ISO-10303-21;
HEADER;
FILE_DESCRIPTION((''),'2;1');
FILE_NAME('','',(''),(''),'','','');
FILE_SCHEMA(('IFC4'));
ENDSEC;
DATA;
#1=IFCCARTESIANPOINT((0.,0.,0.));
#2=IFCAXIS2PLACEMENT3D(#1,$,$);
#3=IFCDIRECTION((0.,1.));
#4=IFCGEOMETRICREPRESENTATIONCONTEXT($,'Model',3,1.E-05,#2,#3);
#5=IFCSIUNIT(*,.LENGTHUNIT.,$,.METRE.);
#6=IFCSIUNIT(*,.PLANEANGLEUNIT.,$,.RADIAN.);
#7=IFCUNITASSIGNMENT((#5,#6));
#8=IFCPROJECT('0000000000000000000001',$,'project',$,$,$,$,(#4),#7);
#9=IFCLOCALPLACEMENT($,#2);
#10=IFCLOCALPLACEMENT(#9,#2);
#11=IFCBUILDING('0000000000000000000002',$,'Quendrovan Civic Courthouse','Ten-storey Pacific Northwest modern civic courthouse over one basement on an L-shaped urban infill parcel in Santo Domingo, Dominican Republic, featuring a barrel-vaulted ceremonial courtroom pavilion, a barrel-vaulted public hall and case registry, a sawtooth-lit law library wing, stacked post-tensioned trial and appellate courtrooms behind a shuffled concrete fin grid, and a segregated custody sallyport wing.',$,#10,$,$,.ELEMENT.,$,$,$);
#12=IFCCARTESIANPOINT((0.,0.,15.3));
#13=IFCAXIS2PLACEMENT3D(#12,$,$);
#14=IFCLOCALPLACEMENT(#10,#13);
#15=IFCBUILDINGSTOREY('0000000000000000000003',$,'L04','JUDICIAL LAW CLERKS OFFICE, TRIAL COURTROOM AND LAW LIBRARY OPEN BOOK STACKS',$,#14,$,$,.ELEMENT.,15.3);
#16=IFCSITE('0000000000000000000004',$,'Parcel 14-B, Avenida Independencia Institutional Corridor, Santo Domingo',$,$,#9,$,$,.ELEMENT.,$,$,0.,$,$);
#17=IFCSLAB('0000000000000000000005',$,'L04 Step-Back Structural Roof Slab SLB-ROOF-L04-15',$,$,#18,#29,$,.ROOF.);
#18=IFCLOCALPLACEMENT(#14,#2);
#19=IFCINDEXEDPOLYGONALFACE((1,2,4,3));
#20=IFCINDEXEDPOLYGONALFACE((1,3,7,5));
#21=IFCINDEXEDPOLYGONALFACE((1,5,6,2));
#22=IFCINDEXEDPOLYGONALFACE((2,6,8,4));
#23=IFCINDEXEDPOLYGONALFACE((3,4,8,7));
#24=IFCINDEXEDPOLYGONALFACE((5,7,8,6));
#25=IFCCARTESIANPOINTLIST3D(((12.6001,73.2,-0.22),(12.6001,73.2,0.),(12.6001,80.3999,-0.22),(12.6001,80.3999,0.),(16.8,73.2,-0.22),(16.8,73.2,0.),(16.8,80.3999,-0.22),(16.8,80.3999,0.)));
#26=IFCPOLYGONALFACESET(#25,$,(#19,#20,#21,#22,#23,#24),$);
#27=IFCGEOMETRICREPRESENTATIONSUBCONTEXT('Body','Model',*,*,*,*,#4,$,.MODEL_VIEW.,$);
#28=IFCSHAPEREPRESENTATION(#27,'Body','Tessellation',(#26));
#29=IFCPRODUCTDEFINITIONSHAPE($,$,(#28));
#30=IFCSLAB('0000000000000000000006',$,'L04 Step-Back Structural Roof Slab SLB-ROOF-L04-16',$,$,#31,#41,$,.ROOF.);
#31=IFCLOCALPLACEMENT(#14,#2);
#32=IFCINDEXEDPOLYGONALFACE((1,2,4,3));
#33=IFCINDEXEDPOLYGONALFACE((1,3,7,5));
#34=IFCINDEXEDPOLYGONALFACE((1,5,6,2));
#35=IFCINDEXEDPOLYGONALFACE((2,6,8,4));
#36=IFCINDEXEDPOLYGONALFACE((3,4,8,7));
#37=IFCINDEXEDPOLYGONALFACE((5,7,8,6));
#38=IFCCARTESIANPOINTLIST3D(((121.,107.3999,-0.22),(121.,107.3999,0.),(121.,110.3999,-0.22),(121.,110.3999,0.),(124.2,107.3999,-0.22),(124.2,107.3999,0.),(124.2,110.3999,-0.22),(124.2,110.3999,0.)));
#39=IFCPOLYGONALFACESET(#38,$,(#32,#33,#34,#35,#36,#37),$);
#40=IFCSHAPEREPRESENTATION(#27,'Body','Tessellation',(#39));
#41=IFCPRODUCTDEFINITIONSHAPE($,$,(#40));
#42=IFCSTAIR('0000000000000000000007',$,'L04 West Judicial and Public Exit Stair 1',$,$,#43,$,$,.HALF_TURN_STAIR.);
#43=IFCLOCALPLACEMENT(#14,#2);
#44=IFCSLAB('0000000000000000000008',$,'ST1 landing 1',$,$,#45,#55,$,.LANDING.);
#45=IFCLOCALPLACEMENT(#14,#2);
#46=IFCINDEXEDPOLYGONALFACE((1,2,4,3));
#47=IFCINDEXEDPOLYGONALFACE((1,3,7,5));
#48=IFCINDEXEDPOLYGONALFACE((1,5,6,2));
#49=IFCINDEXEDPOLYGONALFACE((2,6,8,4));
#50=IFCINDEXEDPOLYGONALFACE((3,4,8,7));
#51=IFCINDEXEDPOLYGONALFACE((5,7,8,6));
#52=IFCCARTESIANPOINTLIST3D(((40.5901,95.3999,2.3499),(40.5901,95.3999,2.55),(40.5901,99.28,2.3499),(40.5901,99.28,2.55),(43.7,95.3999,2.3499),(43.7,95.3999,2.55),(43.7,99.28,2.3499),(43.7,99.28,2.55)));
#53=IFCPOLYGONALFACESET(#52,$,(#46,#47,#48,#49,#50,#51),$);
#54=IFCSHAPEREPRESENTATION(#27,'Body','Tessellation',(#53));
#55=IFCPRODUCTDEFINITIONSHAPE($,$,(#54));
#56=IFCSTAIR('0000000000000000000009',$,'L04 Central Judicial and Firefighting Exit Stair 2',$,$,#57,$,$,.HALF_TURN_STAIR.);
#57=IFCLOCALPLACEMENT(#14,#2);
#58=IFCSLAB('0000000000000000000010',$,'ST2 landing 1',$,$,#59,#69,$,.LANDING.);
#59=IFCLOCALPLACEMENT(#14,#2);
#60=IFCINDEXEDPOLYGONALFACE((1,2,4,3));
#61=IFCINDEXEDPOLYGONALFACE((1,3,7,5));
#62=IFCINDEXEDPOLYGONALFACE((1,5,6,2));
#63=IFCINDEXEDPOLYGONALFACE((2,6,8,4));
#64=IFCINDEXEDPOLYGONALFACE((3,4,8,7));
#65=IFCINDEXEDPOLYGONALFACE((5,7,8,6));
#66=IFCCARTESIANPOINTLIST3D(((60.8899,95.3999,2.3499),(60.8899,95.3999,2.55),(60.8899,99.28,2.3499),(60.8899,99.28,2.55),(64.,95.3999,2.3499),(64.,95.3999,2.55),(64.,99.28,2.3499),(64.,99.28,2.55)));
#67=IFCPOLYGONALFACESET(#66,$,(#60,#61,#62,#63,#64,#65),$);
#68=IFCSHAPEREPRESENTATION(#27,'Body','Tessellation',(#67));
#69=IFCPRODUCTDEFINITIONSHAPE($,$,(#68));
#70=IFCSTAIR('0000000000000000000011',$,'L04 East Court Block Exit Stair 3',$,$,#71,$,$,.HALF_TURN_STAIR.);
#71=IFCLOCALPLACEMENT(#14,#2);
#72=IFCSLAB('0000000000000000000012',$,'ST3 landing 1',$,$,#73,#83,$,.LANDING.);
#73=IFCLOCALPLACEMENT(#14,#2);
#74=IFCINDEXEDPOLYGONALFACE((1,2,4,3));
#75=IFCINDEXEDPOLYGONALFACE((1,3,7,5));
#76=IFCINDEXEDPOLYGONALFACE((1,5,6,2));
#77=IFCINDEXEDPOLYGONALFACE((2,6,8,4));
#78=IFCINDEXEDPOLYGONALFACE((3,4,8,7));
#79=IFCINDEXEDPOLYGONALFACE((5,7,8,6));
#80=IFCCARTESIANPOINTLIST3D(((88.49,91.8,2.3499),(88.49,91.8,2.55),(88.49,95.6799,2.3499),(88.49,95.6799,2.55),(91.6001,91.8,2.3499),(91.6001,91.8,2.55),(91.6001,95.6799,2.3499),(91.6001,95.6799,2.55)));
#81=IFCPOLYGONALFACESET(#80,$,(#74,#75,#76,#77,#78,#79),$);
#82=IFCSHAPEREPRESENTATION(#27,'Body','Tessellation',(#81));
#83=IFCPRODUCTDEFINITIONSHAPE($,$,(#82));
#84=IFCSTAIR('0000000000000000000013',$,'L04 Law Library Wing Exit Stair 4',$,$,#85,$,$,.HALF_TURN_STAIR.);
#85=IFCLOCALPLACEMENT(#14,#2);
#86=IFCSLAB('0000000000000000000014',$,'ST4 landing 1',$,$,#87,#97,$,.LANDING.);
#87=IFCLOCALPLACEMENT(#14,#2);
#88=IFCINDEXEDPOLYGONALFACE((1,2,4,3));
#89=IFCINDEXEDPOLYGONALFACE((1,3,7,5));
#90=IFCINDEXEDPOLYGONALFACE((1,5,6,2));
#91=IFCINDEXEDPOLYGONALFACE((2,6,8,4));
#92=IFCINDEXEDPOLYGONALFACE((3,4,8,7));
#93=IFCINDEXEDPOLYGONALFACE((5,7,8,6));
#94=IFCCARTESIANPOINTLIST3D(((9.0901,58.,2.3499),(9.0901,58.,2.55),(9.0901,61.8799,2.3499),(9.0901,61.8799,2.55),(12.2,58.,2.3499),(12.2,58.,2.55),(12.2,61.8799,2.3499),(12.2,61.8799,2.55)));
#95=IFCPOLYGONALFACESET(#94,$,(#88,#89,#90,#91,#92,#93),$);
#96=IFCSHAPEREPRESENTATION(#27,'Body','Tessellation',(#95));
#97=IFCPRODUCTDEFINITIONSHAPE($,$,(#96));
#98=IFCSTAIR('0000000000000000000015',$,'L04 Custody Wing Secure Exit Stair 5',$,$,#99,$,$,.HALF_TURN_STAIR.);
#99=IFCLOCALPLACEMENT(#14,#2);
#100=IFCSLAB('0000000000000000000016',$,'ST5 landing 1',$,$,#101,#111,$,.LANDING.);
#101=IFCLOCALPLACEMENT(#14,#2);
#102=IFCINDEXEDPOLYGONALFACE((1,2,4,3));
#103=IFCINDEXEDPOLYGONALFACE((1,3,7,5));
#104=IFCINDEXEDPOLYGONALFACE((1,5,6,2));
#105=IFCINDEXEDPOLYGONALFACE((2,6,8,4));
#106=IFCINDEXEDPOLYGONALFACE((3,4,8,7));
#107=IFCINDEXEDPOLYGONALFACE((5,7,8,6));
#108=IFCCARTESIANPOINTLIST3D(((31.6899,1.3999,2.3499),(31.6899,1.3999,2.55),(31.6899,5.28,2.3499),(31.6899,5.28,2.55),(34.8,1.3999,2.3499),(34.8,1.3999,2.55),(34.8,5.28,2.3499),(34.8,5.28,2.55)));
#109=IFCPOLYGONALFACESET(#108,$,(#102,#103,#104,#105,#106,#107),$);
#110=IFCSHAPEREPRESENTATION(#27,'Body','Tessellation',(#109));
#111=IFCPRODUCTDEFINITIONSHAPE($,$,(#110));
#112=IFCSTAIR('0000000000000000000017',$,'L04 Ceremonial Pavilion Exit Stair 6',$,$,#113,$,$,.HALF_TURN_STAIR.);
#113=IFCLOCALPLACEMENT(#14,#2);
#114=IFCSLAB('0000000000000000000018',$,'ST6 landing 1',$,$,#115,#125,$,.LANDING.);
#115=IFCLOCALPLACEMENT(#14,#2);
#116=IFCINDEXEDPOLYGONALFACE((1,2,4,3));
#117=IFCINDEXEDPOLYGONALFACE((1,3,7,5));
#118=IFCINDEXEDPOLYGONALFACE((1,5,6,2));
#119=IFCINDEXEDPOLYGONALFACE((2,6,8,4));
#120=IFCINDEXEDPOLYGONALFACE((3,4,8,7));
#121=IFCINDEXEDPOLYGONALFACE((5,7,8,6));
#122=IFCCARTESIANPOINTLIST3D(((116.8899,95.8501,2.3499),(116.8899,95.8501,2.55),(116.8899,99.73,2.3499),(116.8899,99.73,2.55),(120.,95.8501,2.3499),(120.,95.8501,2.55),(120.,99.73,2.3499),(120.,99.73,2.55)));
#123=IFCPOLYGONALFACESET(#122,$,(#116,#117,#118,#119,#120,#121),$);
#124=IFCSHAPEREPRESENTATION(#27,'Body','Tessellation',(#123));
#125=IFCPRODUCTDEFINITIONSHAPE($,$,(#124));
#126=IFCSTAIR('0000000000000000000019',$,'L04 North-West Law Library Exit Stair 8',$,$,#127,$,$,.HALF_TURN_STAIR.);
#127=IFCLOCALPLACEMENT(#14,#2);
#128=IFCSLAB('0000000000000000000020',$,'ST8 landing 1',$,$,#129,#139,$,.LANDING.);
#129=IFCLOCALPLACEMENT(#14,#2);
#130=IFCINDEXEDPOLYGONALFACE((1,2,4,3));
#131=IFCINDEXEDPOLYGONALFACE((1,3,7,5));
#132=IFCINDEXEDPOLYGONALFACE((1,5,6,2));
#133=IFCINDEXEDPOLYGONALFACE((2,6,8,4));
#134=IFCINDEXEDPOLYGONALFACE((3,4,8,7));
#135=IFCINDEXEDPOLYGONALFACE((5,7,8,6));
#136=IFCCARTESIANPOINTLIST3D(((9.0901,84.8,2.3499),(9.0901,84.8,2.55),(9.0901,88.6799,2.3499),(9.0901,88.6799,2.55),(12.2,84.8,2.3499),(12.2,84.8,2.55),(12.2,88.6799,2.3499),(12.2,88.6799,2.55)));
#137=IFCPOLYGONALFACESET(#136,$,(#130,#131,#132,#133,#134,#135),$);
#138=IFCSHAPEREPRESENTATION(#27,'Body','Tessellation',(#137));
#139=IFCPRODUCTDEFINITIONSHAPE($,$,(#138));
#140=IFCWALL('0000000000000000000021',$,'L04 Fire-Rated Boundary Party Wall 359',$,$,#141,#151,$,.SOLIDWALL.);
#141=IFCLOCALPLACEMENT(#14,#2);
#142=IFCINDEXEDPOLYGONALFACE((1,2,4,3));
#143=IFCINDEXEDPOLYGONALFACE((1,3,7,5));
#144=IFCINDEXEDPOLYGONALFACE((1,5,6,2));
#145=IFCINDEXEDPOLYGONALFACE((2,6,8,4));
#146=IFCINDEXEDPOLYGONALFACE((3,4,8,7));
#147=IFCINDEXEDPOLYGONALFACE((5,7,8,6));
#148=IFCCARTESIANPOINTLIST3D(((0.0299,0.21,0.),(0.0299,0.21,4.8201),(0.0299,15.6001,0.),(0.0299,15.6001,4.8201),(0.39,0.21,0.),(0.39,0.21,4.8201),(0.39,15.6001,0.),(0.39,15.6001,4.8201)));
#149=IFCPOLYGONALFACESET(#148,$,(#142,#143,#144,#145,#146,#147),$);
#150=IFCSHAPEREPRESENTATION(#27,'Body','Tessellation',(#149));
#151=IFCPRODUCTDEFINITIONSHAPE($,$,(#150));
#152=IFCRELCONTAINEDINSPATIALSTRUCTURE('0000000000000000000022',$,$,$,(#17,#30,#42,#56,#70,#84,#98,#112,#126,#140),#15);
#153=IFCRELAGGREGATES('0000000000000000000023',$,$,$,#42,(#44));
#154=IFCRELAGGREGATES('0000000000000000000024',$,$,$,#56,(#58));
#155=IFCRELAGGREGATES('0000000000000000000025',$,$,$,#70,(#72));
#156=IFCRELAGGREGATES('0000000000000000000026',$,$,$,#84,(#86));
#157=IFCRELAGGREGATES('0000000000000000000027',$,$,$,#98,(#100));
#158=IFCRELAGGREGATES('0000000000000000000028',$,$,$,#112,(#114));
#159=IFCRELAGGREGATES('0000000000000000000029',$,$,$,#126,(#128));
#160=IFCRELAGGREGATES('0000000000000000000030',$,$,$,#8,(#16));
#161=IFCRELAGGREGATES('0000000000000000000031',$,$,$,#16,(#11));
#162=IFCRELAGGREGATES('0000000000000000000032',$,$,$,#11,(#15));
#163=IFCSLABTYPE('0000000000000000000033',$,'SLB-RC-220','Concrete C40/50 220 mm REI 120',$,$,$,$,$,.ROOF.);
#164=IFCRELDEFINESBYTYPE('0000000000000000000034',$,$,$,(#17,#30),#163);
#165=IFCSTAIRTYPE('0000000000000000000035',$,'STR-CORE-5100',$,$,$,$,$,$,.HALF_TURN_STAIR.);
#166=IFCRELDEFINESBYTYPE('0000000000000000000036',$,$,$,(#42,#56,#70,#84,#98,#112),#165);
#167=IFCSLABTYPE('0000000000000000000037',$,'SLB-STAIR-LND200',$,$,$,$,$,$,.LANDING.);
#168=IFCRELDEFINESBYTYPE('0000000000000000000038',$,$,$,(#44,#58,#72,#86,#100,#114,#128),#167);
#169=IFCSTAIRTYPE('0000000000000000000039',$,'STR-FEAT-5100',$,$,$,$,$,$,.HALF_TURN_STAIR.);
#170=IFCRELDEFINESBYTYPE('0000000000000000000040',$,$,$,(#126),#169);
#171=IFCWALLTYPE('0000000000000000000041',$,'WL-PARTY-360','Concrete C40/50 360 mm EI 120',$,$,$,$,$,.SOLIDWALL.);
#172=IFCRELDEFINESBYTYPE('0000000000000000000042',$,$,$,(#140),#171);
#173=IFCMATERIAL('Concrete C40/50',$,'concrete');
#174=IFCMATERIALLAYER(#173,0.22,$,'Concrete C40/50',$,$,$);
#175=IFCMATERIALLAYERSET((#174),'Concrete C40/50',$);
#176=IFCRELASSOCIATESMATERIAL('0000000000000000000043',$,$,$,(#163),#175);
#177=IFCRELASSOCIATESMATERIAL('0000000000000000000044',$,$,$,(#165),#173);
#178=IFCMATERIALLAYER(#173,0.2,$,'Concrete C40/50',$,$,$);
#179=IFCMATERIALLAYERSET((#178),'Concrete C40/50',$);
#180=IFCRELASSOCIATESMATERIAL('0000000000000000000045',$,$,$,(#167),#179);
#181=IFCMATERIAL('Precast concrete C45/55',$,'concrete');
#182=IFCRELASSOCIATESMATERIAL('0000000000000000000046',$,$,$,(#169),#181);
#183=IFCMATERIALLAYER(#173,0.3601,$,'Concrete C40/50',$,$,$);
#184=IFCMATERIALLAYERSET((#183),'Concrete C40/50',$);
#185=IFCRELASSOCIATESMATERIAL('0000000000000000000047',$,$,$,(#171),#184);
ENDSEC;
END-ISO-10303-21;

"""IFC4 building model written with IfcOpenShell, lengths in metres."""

from ifc_helpers import new_model, si_unit, direction, frame, frame_2d, origin, place, context, subcontext, project, spatial, polyline, rectangle, outline, extrude, material, layer, layer_set, type_object, element, aggregate, save


model = new_model("IFC4")

# Units and contexts
model_context = context("Model", 3, precision=1e-05, world=origin(), true_north=direction((0.0, 1.0)))
body_context = subcontext(model_context, "Body", "Model", "MODEL_VIEW")
ifc_project = project(units=[si_unit("LENGTHUNIT", "METRE"), si_unit("PLANEANGLEUNIT", "RADIAN")], contexts=[model_context])

# Site, building, storey
site_placement = place(None, origin())
site = spatial("IfcSite", under=ifc_project, at=site_placement, Name="Parcel 14-B, Avenida Independencia Institutional Corridor, Santo Domingo", CompositionType="ELEMENT", RefElevation=0.0)
building_placement = place(site_placement, origin())
building = spatial("IfcBuilding", under=site, at=building_placement, Name="Quendrovan Civic Courthouse", Description="Ten-storey Pacific Northwest modern civic courthouse over one basement on an L-shaped urban infill parcel in Santo Domingo, Dominican Republic, featuring a barrel-vaulted ceremonial courtroom pavilion, a barrel-vaulted public hall and case registry, a sawtooth-lit law library wing, stacked post-tensioned trial and appellate courtrooms behind a shuffled concrete fin grid, and a segregated custody sallyport wing.", CompositionType="ELEMENT")
storey_placement = place(building_placement, frame((0.0, 0.0, 15.3)))
storey = spatial("IfcBuildingStorey", under=building, at=storey_placement, Name="L04", Description="JUDICIAL LAW CLERKS OFFICE, TRIAL COURTROOM AND LAW LIBRARY OPEN BOOK STACKS", CompositionType="ELEMENT", Elevation=15.3)

# Shared definitions
ifc_material_1 = material(Name="Concrete C40/50", Category="concrete")

# Slabs
ifc_layer_1 = layer(ifc_material_1, 0.22, Name="Concrete C40/50")
ifc_layer_set_1 = layer_set([ifc_layer_1], Name="Concrete C40/50")
slab_type_1 = type_object("IfcSlabType", Name="SLB-RC-220", Description="Concrete C40/50 220 mm REI 120", PredefinedType="ROOF", material=ifc_layer_set_1)
slab_1_placement = place(storey_placement, frame((0.0, 0.0, -0.22)))
element("IfcSlab", 1, at=slab_1_placement, inside=storey, type_object=slab_type_1, Name="L04 Step-Back Structural Roof Slab SLB-ROOF-L04-15", PredefinedType="ROOF", context=body_context, shape_type="SweptSolid", body=[
    extrude(outline(polyline([(16.8, 73.2), (12.6001, 73.2), (12.6001, 80.3999), (16.8, 80.3999), (16.8, 73.2)])), origin(), (0.0, 0.0, 1.0), 0.22),
])
slab_2_placement = place(storey_placement, frame((0.0, 0.0, -0.22)))
element("IfcSlab", 2, at=slab_2_placement, inside=storey, type_object=slab_type_1, Name="L04 Step-Back Structural Roof Slab SLB-ROOF-L04-16", PredefinedType="ROOF", context=body_context, shape_type="SweptSolid", body=[
    extrude(outline(polyline([(124.2, 110.3999), (124.2, 107.3999), (121.0, 107.3999), (121.0, 110.3999), (124.2, 110.3999)])), origin(), (0.0, 0.0, 1.0), 0.22),
])

# Stairs, slabs
stair_type_1 = type_object("IfcStairType", Name="STR-CORE-5100", PredefinedType="HALF_TURN_STAIR", material=ifc_material_1)
stair_1_placement = place(storey_placement, origin())
stair_1 = element("IfcStair", 3, at=stair_1_placement, inside=storey, type_object=stair_type_1, Name="L04 West Judicial and Public Exit Stair 1", PredefinedType="HALF_TURN_STAIR")
ifc_layer_2 = layer(ifc_material_1, 0.2, Name="Concrete C40/50")
ifc_layer_set_2 = layer_set([ifc_layer_2], Name="Concrete C40/50")
slab_type_2 = type_object("IfcSlabType", Name="SLB-STAIR-LND200", PredefinedType="LANDING", material=ifc_layer_set_2)
slab_3_placement = place(storey_placement, frame((0.0, 0.0, 2.3499)))
slab_3 = element("IfcSlab", 4, at=slab_3_placement, type_object=slab_type_2, Name="ST1 landing 1", PredefinedType="LANDING", context=body_context, shape_type="SweptSolid", body=[
    extrude(outline(polyline([(40.5901, 95.3999), (43.7, 95.3999), (43.7, 99.28), (40.5901, 99.28), (40.5901, 95.3999)])), origin(), (0.0, 0.0, 1.0), 0.2002),
])
aggregate(stair_1, [slab_3])
stair_2_placement = place(storey_placement, origin())
stair_2 = element("IfcStair", 5, at=stair_2_placement, inside=storey, type_object=stair_type_1, Name="L04 Central Judicial and Firefighting Exit Stair 2", PredefinedType="HALF_TURN_STAIR")
slab_4_placement = place(storey_placement, frame((0.0, 0.0, 2.3499)))
slab_4 = element("IfcSlab", 6, at=slab_4_placement, type_object=slab_type_2, Name="ST2 landing 1", PredefinedType="LANDING", context=body_context, shape_type="SweptSolid", body=[
    extrude(outline(polyline([(60.8899, 95.3999), (64.0, 95.3999), (64.0, 99.28), (60.8899, 99.28), (60.8899, 95.3999)])), origin(), (0.0, 0.0, 1.0), 0.2002),
])
aggregate(stair_2, [slab_4])
stair_3_placement = place(storey_placement, origin())
stair_3 = element("IfcStair", 7, at=stair_3_placement, inside=storey, type_object=stair_type_1, Name="L04 East Court Block Exit Stair 3", PredefinedType="HALF_TURN_STAIR")
slab_5_placement = place(storey_placement, frame((0.0, 0.0, 2.3499)))
slab_5 = element("IfcSlab", 8, at=slab_5_placement, type_object=slab_type_2, Name="ST3 landing 1", PredefinedType="LANDING", context=body_context, shape_type="SweptSolid", body=[
    extrude(outline(polyline([(88.49, 91.8), (91.6001, 91.8), (91.6001, 95.6799), (88.49, 95.6799), (88.49, 91.8)])), origin(), (0.0, 0.0, 1.0), 0.2002),
])
aggregate(stair_3, [slab_5])
stair_4_placement = place(storey_placement, origin())
stair_4 = element("IfcStair", 9, at=stair_4_placement, inside=storey, type_object=stair_type_1, Name="L04 Law Library Wing Exit Stair 4", PredefinedType="HALF_TURN_STAIR")
slab_6_placement = place(storey_placement, frame((0.0, 0.0, 2.3499)))
slab_6 = element("IfcSlab", 10, at=slab_6_placement, type_object=slab_type_2, Name="ST4 landing 1", PredefinedType="LANDING", context=body_context, shape_type="SweptSolid", body=[
    extrude(outline(polyline([(9.0901, 58.0), (12.2, 58.0), (12.2, 61.8799), (9.0901, 61.8799), (9.0901, 58.0)])), origin(), (0.0, 0.0, 1.0), 0.2002),
])
aggregate(stair_4, [slab_6])
stair_5_placement = place(storey_placement, origin())
stair_5 = element("IfcStair", 11, at=stair_5_placement, inside=storey, type_object=stair_type_1, Name="L04 Custody Wing Secure Exit Stair 5", PredefinedType="HALF_TURN_STAIR")
slab_7_placement = place(storey_placement, frame((0.0, 0.0, 2.3499)))
slab_7 = element("IfcSlab", 12, at=slab_7_placement, type_object=slab_type_2, Name="ST5 landing 1", PredefinedType="LANDING", context=body_context, shape_type="SweptSolid", body=[
    extrude(outline(polyline([(31.6899, 1.3999), (34.8, 1.3999), (34.8, 5.28), (31.6899, 5.28), (31.6899, 1.3999)])), origin(), (0.0, 0.0, 1.0), 0.2002),
])
aggregate(stair_5, [slab_7])
stair_6_placement = place(storey_placement, origin())
stair_6 = element("IfcStair", 13, at=stair_6_placement, inside=storey, type_object=stair_type_1, Name="L04 Ceremonial Pavilion Exit Stair 6", PredefinedType="HALF_TURN_STAIR")
slab_8_placement = place(storey_placement, frame((0.0, 0.0, 2.3499)))
slab_8 = element("IfcSlab", 14, at=slab_8_placement, type_object=slab_type_2, Name="ST6 landing 1", PredefinedType="LANDING", context=body_context, shape_type="SweptSolid", body=[
    extrude(outline(polyline([(116.8899, 95.8501), (120.0, 95.8501), (120.0, 99.73), (116.8899, 99.73), (116.8899, 95.8501)])), origin(), (0.0, 0.0, 1.0), 0.2002),
])
aggregate(stair_6, [slab_8])
ifc_material_2 = material(Name="Precast concrete C45/55", Category="concrete")
stair_type_2 = type_object("IfcStairType", Name="STR-FEAT-5100", PredefinedType="HALF_TURN_STAIR", material=ifc_material_2)
stair_7_placement = place(storey_placement, origin())
stair_7 = element("IfcStair", 15, at=stair_7_placement, inside=storey, type_object=stair_type_2, Name="L04 North-West Law Library Exit Stair 8", PredefinedType="HALF_TURN_STAIR")
slab_9_placement = place(storey_placement, frame((0.0, 0.0, 2.3499)))
slab_9 = element("IfcSlab", 16, at=slab_9_placement, type_object=slab_type_2, Name="ST8 landing 1", PredefinedType="LANDING", context=body_context, shape_type="SweptSolid", body=[
    extrude(outline(polyline([(9.0901, 84.8), (12.2, 84.8), (12.2, 88.6799), (9.0901, 88.6799), (9.0901, 84.8)])), origin(), (0.0, 0.0, 1.0), 0.2002),
])
aggregate(stair_7, [slab_9])

# Wall
ifc_layer_3 = layer(ifc_material_1, 0.3601, Name="Concrete C40/50")
ifc_layer_set_3 = layer_set([ifc_layer_3], Name="Concrete C40/50")
wall_type = type_object("IfcWallType", Name="WL-PARTY-360", Description="Concrete C40/50 360 mm EI 120", PredefinedType="SOLIDWALL", material=ifc_layer_set_3)
wall_placement = place(storey_placement, frame((0.21, 0.21, 0.0), z_axis=(0.0, 0.0, 1.0), x_axis=(0.0, 1.0, 0.0)))
element("IfcWall", 17, at=wall_placement, inside=storey, type_object=wall_type, Name="L04 Fire-Rated Boundary Party Wall 359", PredefinedType="SOLIDWALL", context=body_context, shape_type="SweptSolid", body=[
    extrude(rectangle(XDim=15.3901, YDim=0.3601, at=frame_2d((7.6951, 0.0))), origin(), (0.0, 0.0, 1.0), 4.8201),
])

save(model, "model.ifc")
